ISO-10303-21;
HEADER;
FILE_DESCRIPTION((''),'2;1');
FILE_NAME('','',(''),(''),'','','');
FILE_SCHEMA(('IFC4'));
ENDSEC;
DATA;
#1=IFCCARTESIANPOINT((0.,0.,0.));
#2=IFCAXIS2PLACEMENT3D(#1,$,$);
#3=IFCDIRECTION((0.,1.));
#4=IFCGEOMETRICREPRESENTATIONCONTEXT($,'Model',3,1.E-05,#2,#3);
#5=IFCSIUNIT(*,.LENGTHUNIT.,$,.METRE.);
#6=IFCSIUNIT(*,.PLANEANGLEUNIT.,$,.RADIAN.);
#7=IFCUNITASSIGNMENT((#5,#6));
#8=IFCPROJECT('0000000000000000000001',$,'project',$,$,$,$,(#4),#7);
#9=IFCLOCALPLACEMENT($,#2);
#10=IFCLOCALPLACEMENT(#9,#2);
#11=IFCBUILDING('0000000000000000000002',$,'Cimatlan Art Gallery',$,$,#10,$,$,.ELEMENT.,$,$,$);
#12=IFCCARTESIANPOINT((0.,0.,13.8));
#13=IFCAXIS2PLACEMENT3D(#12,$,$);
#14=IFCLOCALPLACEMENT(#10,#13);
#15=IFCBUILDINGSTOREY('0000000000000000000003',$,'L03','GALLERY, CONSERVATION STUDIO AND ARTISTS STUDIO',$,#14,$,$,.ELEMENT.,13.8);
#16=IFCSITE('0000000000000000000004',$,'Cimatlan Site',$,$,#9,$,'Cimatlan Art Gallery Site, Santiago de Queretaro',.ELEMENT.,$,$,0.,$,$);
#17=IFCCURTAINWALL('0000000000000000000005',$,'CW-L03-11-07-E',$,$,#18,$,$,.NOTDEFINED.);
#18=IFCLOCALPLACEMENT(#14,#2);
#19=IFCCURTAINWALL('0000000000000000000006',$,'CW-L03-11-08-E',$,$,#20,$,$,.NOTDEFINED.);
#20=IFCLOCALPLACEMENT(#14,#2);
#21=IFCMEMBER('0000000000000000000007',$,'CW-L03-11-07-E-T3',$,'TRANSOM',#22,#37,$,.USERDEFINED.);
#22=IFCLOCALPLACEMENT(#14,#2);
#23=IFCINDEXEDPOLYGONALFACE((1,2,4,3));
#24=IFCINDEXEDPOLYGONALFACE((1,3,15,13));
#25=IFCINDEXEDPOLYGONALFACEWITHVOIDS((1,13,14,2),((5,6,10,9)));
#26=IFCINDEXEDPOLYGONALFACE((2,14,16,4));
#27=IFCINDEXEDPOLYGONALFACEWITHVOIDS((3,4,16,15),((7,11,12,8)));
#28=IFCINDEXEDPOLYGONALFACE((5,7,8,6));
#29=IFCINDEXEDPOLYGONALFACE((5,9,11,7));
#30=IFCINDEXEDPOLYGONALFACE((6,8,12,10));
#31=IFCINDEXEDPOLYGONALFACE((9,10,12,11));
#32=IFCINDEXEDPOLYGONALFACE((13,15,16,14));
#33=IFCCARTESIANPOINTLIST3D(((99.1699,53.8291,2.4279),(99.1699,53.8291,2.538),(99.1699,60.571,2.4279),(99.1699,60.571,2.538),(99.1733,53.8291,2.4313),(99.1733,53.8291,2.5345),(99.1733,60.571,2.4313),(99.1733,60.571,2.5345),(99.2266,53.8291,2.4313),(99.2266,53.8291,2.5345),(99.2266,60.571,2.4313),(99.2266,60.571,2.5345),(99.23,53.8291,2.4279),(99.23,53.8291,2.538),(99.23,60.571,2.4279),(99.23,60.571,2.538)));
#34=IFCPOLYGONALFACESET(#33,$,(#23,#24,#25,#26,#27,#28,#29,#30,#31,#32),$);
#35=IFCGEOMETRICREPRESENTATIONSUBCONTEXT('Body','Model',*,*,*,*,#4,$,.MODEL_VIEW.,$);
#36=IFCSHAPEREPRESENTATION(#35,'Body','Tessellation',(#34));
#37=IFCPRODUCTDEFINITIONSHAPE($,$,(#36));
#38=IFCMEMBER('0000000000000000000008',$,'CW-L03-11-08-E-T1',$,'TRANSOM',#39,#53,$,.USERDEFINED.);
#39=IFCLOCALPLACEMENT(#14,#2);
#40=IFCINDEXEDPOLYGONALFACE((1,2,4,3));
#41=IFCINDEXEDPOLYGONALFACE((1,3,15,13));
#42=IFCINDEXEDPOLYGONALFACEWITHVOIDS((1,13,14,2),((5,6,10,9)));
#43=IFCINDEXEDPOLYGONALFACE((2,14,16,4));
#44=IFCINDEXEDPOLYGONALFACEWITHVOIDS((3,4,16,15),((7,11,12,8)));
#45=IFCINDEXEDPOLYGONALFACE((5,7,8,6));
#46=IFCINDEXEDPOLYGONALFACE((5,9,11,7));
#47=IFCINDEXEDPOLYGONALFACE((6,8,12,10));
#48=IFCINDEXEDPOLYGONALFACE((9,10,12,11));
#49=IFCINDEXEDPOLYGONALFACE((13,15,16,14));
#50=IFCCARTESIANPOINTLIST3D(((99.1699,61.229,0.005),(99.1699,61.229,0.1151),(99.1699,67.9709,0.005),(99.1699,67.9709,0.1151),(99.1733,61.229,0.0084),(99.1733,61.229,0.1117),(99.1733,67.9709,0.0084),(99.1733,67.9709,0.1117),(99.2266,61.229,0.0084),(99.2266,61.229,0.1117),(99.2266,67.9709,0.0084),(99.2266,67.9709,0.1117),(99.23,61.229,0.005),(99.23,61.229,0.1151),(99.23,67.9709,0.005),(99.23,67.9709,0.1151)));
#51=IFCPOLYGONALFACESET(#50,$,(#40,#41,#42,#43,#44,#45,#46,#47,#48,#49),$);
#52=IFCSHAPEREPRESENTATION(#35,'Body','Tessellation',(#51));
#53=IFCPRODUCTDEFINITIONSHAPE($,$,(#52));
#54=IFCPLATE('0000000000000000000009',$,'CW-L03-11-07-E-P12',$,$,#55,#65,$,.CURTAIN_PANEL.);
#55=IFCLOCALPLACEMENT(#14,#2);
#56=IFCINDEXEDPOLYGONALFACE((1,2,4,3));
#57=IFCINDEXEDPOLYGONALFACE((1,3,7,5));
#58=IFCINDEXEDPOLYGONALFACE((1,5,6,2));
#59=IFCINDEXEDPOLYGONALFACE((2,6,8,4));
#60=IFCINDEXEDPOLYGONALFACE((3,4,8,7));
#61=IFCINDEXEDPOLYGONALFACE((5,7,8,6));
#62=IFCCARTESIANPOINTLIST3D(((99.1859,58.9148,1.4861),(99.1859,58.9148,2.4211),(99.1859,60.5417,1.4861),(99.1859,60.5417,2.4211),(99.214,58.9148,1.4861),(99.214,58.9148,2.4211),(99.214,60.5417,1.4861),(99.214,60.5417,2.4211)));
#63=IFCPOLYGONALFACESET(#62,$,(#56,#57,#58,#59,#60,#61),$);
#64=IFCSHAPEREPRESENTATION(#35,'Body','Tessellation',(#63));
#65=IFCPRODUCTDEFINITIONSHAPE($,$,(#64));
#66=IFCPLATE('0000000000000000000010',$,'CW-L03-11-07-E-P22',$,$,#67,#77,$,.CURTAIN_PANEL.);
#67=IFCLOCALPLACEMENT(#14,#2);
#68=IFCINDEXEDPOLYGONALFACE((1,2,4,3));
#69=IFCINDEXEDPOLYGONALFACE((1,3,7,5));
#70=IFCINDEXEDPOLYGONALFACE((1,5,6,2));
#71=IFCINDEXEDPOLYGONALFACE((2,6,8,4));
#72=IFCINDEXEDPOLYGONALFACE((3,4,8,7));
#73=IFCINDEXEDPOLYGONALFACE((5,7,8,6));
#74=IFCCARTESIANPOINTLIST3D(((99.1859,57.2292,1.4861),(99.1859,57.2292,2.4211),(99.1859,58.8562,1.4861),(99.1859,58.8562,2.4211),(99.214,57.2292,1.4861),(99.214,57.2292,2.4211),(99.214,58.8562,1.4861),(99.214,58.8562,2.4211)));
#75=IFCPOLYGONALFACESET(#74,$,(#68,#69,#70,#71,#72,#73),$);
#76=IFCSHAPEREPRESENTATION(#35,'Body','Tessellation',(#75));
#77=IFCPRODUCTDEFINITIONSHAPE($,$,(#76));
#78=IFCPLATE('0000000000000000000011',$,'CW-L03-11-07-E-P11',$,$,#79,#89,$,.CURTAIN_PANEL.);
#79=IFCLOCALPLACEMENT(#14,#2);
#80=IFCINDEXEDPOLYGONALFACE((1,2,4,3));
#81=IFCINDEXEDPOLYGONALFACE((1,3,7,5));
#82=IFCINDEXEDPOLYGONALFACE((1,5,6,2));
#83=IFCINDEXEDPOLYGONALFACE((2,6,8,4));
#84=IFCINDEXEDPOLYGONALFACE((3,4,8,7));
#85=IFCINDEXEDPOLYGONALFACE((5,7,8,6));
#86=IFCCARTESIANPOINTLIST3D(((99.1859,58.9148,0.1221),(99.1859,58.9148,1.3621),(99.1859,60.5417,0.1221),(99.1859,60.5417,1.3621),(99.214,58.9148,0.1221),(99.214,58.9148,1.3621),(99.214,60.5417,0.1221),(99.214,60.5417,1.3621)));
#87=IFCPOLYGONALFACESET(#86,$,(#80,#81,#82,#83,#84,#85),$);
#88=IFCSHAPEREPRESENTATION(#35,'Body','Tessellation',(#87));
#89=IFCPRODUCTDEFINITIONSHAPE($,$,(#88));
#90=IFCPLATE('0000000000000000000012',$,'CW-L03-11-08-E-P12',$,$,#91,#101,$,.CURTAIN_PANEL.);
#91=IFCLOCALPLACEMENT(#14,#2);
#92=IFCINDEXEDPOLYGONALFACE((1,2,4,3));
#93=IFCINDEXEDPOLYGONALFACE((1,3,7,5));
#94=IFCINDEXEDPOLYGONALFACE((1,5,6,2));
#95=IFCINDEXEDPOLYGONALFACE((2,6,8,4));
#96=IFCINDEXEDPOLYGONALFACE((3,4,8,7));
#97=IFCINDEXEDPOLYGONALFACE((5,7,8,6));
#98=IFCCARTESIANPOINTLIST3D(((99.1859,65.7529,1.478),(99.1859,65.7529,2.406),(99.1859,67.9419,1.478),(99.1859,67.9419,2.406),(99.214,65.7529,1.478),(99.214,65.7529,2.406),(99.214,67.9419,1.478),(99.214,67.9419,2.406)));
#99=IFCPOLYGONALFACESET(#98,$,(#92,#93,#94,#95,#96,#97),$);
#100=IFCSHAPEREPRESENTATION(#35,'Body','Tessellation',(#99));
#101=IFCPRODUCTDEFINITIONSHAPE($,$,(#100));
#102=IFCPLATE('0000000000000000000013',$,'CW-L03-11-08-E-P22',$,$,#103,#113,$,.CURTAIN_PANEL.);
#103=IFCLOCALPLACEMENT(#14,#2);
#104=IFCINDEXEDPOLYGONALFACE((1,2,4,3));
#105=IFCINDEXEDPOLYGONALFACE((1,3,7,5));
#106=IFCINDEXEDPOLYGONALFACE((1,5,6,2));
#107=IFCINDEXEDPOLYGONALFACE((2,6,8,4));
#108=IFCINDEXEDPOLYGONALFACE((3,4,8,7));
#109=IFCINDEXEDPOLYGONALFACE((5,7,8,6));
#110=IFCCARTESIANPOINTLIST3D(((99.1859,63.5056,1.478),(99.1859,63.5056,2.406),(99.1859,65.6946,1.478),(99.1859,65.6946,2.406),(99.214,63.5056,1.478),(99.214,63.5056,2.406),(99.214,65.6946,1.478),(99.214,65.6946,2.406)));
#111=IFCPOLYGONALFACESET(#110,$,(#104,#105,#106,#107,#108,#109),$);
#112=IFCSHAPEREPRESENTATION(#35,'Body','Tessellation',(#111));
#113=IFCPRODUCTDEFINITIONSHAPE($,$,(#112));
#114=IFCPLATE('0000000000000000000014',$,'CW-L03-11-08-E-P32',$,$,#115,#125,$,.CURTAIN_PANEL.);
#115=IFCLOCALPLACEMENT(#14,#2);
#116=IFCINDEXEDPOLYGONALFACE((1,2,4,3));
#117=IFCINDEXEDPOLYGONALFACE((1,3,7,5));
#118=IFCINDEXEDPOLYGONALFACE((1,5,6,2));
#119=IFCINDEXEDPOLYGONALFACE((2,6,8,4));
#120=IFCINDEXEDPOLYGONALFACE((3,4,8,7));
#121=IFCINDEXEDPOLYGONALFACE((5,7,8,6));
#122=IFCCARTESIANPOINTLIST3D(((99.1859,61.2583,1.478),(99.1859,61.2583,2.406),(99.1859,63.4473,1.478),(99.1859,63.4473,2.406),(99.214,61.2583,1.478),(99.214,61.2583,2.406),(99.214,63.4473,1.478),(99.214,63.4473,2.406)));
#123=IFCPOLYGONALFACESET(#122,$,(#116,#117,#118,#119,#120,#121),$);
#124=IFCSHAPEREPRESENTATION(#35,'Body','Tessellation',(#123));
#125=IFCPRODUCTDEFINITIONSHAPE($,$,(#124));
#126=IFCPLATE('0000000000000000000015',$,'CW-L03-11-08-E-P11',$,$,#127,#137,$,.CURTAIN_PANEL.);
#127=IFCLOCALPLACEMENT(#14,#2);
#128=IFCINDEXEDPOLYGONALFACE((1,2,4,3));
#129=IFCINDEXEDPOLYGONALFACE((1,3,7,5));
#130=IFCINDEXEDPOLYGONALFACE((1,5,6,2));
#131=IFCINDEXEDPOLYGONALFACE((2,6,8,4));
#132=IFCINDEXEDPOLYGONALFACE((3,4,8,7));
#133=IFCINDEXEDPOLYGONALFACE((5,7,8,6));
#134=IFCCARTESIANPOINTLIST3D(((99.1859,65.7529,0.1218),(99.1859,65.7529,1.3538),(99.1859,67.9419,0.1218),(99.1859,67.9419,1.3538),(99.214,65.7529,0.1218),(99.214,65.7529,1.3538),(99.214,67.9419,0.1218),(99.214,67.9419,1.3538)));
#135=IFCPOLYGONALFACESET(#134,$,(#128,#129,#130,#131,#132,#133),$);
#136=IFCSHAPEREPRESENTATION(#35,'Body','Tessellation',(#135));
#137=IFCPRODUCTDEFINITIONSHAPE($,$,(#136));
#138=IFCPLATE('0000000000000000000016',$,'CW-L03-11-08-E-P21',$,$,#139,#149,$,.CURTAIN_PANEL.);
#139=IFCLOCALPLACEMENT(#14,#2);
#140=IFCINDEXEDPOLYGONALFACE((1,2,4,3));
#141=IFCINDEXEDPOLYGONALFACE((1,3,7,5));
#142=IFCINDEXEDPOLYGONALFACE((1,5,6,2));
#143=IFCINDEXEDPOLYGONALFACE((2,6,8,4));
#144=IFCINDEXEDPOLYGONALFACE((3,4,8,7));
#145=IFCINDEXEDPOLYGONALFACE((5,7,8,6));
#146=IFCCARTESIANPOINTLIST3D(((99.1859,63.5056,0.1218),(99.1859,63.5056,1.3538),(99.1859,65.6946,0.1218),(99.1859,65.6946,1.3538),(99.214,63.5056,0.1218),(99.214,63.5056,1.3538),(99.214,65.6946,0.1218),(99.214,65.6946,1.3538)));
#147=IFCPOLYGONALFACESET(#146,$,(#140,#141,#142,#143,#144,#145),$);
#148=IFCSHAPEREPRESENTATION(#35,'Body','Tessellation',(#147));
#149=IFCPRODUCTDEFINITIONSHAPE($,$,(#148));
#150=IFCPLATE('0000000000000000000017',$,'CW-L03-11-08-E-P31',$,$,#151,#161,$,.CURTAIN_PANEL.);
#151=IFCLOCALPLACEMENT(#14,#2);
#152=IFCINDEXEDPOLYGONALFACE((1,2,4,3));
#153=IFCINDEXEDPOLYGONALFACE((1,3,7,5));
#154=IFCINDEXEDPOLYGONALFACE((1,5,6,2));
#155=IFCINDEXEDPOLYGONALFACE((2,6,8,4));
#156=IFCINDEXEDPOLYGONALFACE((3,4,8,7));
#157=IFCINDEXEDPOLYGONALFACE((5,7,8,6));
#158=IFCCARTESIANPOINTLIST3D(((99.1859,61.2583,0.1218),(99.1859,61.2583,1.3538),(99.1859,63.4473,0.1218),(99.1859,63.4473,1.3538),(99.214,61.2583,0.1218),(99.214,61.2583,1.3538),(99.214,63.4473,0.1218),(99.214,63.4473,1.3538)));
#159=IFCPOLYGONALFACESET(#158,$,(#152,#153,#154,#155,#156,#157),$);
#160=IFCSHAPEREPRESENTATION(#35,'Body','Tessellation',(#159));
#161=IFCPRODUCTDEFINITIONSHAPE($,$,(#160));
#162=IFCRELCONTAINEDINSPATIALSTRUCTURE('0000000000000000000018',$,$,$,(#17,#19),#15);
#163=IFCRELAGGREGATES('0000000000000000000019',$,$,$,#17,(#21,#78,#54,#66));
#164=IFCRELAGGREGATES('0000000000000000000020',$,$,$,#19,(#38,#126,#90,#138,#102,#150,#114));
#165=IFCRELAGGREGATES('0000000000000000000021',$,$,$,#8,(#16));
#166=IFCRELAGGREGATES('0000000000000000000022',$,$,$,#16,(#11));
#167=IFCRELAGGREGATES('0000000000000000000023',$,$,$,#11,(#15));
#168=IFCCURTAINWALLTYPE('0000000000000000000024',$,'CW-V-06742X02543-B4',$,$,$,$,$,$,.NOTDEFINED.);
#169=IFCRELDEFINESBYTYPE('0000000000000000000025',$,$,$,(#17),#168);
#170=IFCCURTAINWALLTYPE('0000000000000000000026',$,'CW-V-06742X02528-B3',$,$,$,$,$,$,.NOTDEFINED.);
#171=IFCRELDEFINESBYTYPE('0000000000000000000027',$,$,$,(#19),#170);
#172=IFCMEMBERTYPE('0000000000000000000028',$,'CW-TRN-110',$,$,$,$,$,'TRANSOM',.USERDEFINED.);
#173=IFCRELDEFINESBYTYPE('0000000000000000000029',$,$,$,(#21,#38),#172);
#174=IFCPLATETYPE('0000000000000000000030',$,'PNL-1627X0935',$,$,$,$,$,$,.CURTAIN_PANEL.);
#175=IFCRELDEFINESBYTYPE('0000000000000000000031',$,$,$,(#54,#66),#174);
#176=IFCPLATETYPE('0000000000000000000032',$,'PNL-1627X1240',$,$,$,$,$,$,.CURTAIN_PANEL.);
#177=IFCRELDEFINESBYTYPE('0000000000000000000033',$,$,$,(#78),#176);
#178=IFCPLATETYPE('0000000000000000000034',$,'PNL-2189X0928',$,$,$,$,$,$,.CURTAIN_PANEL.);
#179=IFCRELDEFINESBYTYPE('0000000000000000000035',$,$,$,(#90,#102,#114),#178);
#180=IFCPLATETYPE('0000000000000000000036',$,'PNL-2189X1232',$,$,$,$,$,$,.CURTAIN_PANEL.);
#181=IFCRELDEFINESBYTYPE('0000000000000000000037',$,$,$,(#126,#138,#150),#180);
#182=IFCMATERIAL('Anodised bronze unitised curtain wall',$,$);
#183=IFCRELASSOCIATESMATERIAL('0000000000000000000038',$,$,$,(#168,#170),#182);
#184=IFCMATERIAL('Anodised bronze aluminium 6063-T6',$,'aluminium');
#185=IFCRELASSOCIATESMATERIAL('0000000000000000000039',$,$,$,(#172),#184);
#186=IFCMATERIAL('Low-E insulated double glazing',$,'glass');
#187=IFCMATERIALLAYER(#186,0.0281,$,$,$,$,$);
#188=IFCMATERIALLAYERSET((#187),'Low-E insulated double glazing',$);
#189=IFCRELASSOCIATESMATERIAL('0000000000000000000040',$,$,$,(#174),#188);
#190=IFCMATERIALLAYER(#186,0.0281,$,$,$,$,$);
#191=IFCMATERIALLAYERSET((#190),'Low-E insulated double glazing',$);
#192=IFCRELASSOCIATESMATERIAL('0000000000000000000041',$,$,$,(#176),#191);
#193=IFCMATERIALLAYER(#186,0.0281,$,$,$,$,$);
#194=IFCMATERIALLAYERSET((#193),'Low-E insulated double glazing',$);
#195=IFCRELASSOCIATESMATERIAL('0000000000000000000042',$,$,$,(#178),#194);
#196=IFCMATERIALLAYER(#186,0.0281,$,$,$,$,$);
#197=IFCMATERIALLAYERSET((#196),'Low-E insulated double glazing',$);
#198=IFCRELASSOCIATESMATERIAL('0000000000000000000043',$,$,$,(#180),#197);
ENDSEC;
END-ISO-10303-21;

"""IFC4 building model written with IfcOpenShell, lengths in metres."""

from ifc_helpers import new_model, si_unit, direction, frame, origin, origin_2d, place, context, subcontext, project, spatial, rectangle, hollow_rectangle, extrude, material, layer, layer_set, material_profile, profile_set, type_object, element, aggregate, save


model = new_model("IFC4")

# Units and contexts
model_context = context("Model", 3, precision=1e-05, world=origin(), true_north=direction((0.0, 1.0)))
body_context = subcontext(model_context, "Body", "Model", "MODEL_VIEW")
ifc_project = project(units=[si_unit("LENGTHUNIT", "METRE"), si_unit("PLANEANGLEUNIT", "RADIAN")], contexts=[model_context])

# Site, building, storey
site_placement = place(None, origin())
site = spatial("IfcSite", under=ifc_project, at=site_placement, Name="Cimatlan Site", LongName="Cimatlan Art Gallery Site, Santiago de Queretaro", CompositionType="ELEMENT", RefElevation=0.0)
building_placement = place(site_placement, origin())
building = spatial("IfcBuilding", under=site, at=building_placement, Name="Cimatlan Art Gallery", CompositionType="ELEMENT")
storey_placement = place(building_placement, frame((0.0, 0.0, 13.8)))
storey = spatial("IfcBuildingStorey", under=building, at=storey_placement, Name="L03", Description="GALLERY, CONSERVATION STUDIO AND ARTISTS STUDIO", CompositionType="ELEMENT", Elevation=13.8)

# Curtain walls
ifc_material_1 = material(Name="Anodised bronze unitised curtain wall")
curtain_wall_type_1 = type_object("IfcCurtainWallType", Name="CW-V-06742X02543-B4", PredefinedType="NOTDEFINED", material=ifc_material_1)
curtain_wall_1_placement = place(storey_placement, origin())
curtain_wall_1 = element("IfcCurtainWall", 1, at=curtain_wall_1_placement, inside=storey, type_object=curtain_wall_type_1, Name="CW-L03-11-07-E", PredefinedType="NOTDEFINED")
ifc_material_2 = material(Name="Anodised bronze aluminium 6063-T6", Category="aluminium")
curtain_wall_type_2 = type_object("IfcCurtainWallType", Name="CW-V-06742X02528-B3", PredefinedType="NOTDEFINED", material=ifc_material_1)
curtain_wall_2_placement = place(storey_placement, origin())
curtain_wall_2 = element("IfcCurtainWall", 2, at=curtain_wall_2_placement, inside=storey, type_object=curtain_wall_type_2, Name="CW-L03-11-08-E", PredefinedType="NOTDEFINED")

# Members
ifc_material_profile_1 = material_profile(ifc_material_2, hollow_rectangle(XDim=0.0601, YDim=0.1101, WallThickness=0.0034, at=origin_2d()), Name="ALU60X110X3")
ifc_profile_set_1 = profile_set([ifc_material_profile_1], Name="Anodised bronze aluminium 6063-T6")
member_type_1 = type_object("IfcMemberType", Name="CW-TRN-110", ElementType="TRANSOM", PredefinedType="USERDEFINED", material=ifc_profile_set_1)
member_1_placement = place(storey_placement, frame((99.2, 60.571, 2.4829), z_axis=(0.0, -1.0, 0.0), x_axis=(1.0, 0.0, 0.0)))
member_1 = element("IfcMember", 3, at=member_1_placement, type_object=member_type_1, Name="CW-L03-11-07-E-T3", ObjectType="TRANSOM", PredefinedType="USERDEFINED", context=body_context, shape_type="SweptSolid", body=[
    extrude(hollow_rectangle(XDim=0.0601, YDim=0.1101, WallThickness=0.0034, at=origin_2d()), origin(), (0.0, 0.0, 1.0), 6.7419),
])
member_2_placement = place(storey_placement, frame((99.2, 67.9709, 0.0601), z_axis=(0.0, -1.0, 0.0), x_axis=(1.0, 0.0, 0.0)))
member_2 = element("IfcMember", 4, at=member_2_placement, type_object=member_type_1, Name="CW-L03-11-08-E-T1", ObjectType="TRANSOM", PredefinedType="USERDEFINED", context=body_context, shape_type="SweptSolid", body=[
    extrude(hollow_rectangle(XDim=0.0601, YDim=0.1101, WallThickness=0.0034, at=origin_2d()), origin(), (0.0, 0.0, 1.0), 6.7419),
])

# Plates
ifc_material_3 = material(Name="Low-E insulated double glazing", Category="glass")
ifc_layer_1 = layer(ifc_material_3, 0.0281)
ifc_layer_set_1 = layer_set([ifc_layer_1], Name="Low-E insulated double glazing")
plate_type_1 = type_object("IfcPlateType", Name="PNL-1627X0935", PredefinedType="CURTAIN_PANEL", material=ifc_layer_set_1)
plate_1_placement = place(storey_placement, frame((99.2, 59.7283, 1.4861), z_axis=(0.0, 0.0, 1.0), x_axis=(0.0, -1.0, 0.0)))
plate_1 = element("IfcPlate", 5, at=plate_1_placement, type_object=plate_type_1, Name="CW-L03-11-07-E-P12", PredefinedType="CURTAIN_PANEL", context=body_context, shape_type="SweptSolid", body=[
    extrude(rectangle(XDim=1.627, YDim=0.0281, at=origin_2d()), origin(), (0.0, 0.0, 1.0), 0.9351),
])
plate_2_placement = place(storey_placement, frame((99.2, 58.0427, 1.4861), z_axis=(0.0, 0.0, 1.0), x_axis=(0.0, -1.0, 0.0)))
plate_2 = element("IfcPlate", 6, at=plate_2_placement, type_object=plate_type_1, Name="CW-L03-11-07-E-P22", PredefinedType="CURTAIN_PANEL", context=body_context, shape_type="SweptSolid", body=[
    extrude(rectangle(XDim=1.627, YDim=0.0281, at=origin_2d()), origin(), (0.0, 0.0, 1.0), 0.9351),
])
ifc_layer_2 = layer(ifc_material_3, 0.0281)
ifc_layer_set_2 = layer_set([ifc_layer_2], Name="Low-E insulated double glazing")
plate_type_2 = type_object("IfcPlateType", Name="PNL-1627X1240", PredefinedType="CURTAIN_PANEL", material=ifc_layer_set_2)
plate_3_placement = place(storey_placement, frame((99.2, 59.7283, 0.1221), z_axis=(0.0, 0.0, 1.0), x_axis=(0.0, -1.0, 0.0)))
plate_3 = element("IfcPlate", 7, at=plate_3_placement, type_object=plate_type_2, Name="CW-L03-11-07-E-P11", PredefinedType="CURTAIN_PANEL", context=body_context, shape_type="SweptSolid", body=[
    extrude(rectangle(XDim=1.627, YDim=0.0281, at=origin_2d()), origin(), (0.0, 0.0, 1.0), 1.24),
])
aggregate(curtain_wall_1, [member_1, plate_3, plate_1, plate_2])
ifc_layer_3 = layer(ifc_material_3, 0.0281)
ifc_layer_set_3 = layer_set([ifc_layer_3], Name="Low-E insulated double glazing")
plate_type_3 = type_object("IfcPlateType", Name="PNL-2189X0928", PredefinedType="CURTAIN_PANEL", material=ifc_layer_set_3)
plate_4_placement = place(storey_placement, frame((99.2, 66.8474, 1.478), z_axis=(0.0, 0.0, 1.0), x_axis=(0.0, -1.0, 0.0)))
plate_4 = element("IfcPlate", 8, at=plate_4_placement, type_object=plate_type_3, Name="CW-L03-11-08-E-P12", PredefinedType="CURTAIN_PANEL", context=body_context, shape_type="SweptSolid", body=[
    extrude(rectangle(XDim=2.189, YDim=0.0281, at=origin_2d()), origin(), (0.0, 0.0, 1.0), 0.928),
])
plate_5_placement = place(storey_placement, frame((99.2, 64.6001, 1.478), z_axis=(0.0, 0.0, 1.0), x_axis=(0.0, -1.0, 0.0)))
plate_5 = element("IfcPlate", 9, at=plate_5_placement, type_object=plate_type_3, Name="CW-L03-11-08-E-P22", PredefinedType="CURTAIN_PANEL", context=body_context, shape_type="SweptSolid", body=[
    extrude(rectangle(XDim=2.189, YDim=0.0281, at=origin_2d()), origin(), (0.0, 0.0, 1.0), 0.928),
])
plate_6_placement = place(storey_placement, frame((99.2, 62.3528, 1.478), z_axis=(0.0, 0.0, 1.0), x_axis=(0.0, -1.0, 0.0)))
plate_6 = element("IfcPlate", 10, at=plate_6_placement, type_object=plate_type_3, Name="CW-L03-11-08-E-P32", PredefinedType="CURTAIN_PANEL", context=body_context, shape_type="SweptSolid", body=[
    extrude(rectangle(XDim=2.189, YDim=0.0281, at=origin_2d()), origin(), (0.0, 0.0, 1.0), 0.928),
])
ifc_layer_4 = layer(ifc_material_3, 0.0281)
ifc_layer_set_4 = layer_set([ifc_layer_4], Name="Low-E insulated double glazing")
plate_type_4 = type_object("IfcPlateType", Name="PNL-2189X1232", PredefinedType="CURTAIN_PANEL", material=ifc_layer_set_4)
plate_7_placement = place(storey_placement, frame((99.2, 66.8474, 0.1218), z_axis=(0.0, 0.0, 1.0), x_axis=(0.0, -1.0, 0.0)))
plate_7 = element("IfcPlate", 11, at=plate_7_placement, type_object=plate_type_4, Name="CW-L03-11-08-E-P11", PredefinedType="CURTAIN_PANEL", context=body_context, shape_type="SweptSolid", body=[
    extrude(rectangle(XDim=2.189, YDim=0.0281, at=origin_2d()), origin(), (0.0, 0.0, 1.0), 1.2319),
])
plate_8_placement = place(storey_placement, frame((99.2, 64.6001, 0.1218), z_axis=(0.0, 0.0, 1.0), x_axis=(0.0, -1.0, 0.0)))
plate_8 = element("IfcPlate", 12, at=plate_8_placement, type_object=plate_type_4, Name="CW-L03-11-08-E-P21", PredefinedType="CURTAIN_PANEL", context=body_context, shape_type="SweptSolid", body=[
    extrude(rectangle(XDim=2.189, YDim=0.0281, at=origin_2d()), origin(), (0.0, 0.0, 1.0), 1.2319),
])
plate_9_placement = place(storey_placement, frame((99.2, 62.3528, 0.1218), z_axis=(0.0, 0.0, 1.0), x_axis=(0.0, -1.0, 0.0)))
plate_9 = element("IfcPlate", 13, at=plate_9_placement, type_object=plate_type_4, Name="CW-L03-11-08-E-P31", PredefinedType="CURTAIN_PANEL", context=body_context, shape_type="SweptSolid", body=[
    extrude(rectangle(XDim=2.189, YDim=0.0281, at=origin_2d()), origin(), (0.0, 0.0, 1.0), 1.2319),
])
aggregate(curtain_wall_2, [member_2, plate_7, plate_4, plate_8, plate_5, plate_9, plate_6])

save(model, "model.ifc")
